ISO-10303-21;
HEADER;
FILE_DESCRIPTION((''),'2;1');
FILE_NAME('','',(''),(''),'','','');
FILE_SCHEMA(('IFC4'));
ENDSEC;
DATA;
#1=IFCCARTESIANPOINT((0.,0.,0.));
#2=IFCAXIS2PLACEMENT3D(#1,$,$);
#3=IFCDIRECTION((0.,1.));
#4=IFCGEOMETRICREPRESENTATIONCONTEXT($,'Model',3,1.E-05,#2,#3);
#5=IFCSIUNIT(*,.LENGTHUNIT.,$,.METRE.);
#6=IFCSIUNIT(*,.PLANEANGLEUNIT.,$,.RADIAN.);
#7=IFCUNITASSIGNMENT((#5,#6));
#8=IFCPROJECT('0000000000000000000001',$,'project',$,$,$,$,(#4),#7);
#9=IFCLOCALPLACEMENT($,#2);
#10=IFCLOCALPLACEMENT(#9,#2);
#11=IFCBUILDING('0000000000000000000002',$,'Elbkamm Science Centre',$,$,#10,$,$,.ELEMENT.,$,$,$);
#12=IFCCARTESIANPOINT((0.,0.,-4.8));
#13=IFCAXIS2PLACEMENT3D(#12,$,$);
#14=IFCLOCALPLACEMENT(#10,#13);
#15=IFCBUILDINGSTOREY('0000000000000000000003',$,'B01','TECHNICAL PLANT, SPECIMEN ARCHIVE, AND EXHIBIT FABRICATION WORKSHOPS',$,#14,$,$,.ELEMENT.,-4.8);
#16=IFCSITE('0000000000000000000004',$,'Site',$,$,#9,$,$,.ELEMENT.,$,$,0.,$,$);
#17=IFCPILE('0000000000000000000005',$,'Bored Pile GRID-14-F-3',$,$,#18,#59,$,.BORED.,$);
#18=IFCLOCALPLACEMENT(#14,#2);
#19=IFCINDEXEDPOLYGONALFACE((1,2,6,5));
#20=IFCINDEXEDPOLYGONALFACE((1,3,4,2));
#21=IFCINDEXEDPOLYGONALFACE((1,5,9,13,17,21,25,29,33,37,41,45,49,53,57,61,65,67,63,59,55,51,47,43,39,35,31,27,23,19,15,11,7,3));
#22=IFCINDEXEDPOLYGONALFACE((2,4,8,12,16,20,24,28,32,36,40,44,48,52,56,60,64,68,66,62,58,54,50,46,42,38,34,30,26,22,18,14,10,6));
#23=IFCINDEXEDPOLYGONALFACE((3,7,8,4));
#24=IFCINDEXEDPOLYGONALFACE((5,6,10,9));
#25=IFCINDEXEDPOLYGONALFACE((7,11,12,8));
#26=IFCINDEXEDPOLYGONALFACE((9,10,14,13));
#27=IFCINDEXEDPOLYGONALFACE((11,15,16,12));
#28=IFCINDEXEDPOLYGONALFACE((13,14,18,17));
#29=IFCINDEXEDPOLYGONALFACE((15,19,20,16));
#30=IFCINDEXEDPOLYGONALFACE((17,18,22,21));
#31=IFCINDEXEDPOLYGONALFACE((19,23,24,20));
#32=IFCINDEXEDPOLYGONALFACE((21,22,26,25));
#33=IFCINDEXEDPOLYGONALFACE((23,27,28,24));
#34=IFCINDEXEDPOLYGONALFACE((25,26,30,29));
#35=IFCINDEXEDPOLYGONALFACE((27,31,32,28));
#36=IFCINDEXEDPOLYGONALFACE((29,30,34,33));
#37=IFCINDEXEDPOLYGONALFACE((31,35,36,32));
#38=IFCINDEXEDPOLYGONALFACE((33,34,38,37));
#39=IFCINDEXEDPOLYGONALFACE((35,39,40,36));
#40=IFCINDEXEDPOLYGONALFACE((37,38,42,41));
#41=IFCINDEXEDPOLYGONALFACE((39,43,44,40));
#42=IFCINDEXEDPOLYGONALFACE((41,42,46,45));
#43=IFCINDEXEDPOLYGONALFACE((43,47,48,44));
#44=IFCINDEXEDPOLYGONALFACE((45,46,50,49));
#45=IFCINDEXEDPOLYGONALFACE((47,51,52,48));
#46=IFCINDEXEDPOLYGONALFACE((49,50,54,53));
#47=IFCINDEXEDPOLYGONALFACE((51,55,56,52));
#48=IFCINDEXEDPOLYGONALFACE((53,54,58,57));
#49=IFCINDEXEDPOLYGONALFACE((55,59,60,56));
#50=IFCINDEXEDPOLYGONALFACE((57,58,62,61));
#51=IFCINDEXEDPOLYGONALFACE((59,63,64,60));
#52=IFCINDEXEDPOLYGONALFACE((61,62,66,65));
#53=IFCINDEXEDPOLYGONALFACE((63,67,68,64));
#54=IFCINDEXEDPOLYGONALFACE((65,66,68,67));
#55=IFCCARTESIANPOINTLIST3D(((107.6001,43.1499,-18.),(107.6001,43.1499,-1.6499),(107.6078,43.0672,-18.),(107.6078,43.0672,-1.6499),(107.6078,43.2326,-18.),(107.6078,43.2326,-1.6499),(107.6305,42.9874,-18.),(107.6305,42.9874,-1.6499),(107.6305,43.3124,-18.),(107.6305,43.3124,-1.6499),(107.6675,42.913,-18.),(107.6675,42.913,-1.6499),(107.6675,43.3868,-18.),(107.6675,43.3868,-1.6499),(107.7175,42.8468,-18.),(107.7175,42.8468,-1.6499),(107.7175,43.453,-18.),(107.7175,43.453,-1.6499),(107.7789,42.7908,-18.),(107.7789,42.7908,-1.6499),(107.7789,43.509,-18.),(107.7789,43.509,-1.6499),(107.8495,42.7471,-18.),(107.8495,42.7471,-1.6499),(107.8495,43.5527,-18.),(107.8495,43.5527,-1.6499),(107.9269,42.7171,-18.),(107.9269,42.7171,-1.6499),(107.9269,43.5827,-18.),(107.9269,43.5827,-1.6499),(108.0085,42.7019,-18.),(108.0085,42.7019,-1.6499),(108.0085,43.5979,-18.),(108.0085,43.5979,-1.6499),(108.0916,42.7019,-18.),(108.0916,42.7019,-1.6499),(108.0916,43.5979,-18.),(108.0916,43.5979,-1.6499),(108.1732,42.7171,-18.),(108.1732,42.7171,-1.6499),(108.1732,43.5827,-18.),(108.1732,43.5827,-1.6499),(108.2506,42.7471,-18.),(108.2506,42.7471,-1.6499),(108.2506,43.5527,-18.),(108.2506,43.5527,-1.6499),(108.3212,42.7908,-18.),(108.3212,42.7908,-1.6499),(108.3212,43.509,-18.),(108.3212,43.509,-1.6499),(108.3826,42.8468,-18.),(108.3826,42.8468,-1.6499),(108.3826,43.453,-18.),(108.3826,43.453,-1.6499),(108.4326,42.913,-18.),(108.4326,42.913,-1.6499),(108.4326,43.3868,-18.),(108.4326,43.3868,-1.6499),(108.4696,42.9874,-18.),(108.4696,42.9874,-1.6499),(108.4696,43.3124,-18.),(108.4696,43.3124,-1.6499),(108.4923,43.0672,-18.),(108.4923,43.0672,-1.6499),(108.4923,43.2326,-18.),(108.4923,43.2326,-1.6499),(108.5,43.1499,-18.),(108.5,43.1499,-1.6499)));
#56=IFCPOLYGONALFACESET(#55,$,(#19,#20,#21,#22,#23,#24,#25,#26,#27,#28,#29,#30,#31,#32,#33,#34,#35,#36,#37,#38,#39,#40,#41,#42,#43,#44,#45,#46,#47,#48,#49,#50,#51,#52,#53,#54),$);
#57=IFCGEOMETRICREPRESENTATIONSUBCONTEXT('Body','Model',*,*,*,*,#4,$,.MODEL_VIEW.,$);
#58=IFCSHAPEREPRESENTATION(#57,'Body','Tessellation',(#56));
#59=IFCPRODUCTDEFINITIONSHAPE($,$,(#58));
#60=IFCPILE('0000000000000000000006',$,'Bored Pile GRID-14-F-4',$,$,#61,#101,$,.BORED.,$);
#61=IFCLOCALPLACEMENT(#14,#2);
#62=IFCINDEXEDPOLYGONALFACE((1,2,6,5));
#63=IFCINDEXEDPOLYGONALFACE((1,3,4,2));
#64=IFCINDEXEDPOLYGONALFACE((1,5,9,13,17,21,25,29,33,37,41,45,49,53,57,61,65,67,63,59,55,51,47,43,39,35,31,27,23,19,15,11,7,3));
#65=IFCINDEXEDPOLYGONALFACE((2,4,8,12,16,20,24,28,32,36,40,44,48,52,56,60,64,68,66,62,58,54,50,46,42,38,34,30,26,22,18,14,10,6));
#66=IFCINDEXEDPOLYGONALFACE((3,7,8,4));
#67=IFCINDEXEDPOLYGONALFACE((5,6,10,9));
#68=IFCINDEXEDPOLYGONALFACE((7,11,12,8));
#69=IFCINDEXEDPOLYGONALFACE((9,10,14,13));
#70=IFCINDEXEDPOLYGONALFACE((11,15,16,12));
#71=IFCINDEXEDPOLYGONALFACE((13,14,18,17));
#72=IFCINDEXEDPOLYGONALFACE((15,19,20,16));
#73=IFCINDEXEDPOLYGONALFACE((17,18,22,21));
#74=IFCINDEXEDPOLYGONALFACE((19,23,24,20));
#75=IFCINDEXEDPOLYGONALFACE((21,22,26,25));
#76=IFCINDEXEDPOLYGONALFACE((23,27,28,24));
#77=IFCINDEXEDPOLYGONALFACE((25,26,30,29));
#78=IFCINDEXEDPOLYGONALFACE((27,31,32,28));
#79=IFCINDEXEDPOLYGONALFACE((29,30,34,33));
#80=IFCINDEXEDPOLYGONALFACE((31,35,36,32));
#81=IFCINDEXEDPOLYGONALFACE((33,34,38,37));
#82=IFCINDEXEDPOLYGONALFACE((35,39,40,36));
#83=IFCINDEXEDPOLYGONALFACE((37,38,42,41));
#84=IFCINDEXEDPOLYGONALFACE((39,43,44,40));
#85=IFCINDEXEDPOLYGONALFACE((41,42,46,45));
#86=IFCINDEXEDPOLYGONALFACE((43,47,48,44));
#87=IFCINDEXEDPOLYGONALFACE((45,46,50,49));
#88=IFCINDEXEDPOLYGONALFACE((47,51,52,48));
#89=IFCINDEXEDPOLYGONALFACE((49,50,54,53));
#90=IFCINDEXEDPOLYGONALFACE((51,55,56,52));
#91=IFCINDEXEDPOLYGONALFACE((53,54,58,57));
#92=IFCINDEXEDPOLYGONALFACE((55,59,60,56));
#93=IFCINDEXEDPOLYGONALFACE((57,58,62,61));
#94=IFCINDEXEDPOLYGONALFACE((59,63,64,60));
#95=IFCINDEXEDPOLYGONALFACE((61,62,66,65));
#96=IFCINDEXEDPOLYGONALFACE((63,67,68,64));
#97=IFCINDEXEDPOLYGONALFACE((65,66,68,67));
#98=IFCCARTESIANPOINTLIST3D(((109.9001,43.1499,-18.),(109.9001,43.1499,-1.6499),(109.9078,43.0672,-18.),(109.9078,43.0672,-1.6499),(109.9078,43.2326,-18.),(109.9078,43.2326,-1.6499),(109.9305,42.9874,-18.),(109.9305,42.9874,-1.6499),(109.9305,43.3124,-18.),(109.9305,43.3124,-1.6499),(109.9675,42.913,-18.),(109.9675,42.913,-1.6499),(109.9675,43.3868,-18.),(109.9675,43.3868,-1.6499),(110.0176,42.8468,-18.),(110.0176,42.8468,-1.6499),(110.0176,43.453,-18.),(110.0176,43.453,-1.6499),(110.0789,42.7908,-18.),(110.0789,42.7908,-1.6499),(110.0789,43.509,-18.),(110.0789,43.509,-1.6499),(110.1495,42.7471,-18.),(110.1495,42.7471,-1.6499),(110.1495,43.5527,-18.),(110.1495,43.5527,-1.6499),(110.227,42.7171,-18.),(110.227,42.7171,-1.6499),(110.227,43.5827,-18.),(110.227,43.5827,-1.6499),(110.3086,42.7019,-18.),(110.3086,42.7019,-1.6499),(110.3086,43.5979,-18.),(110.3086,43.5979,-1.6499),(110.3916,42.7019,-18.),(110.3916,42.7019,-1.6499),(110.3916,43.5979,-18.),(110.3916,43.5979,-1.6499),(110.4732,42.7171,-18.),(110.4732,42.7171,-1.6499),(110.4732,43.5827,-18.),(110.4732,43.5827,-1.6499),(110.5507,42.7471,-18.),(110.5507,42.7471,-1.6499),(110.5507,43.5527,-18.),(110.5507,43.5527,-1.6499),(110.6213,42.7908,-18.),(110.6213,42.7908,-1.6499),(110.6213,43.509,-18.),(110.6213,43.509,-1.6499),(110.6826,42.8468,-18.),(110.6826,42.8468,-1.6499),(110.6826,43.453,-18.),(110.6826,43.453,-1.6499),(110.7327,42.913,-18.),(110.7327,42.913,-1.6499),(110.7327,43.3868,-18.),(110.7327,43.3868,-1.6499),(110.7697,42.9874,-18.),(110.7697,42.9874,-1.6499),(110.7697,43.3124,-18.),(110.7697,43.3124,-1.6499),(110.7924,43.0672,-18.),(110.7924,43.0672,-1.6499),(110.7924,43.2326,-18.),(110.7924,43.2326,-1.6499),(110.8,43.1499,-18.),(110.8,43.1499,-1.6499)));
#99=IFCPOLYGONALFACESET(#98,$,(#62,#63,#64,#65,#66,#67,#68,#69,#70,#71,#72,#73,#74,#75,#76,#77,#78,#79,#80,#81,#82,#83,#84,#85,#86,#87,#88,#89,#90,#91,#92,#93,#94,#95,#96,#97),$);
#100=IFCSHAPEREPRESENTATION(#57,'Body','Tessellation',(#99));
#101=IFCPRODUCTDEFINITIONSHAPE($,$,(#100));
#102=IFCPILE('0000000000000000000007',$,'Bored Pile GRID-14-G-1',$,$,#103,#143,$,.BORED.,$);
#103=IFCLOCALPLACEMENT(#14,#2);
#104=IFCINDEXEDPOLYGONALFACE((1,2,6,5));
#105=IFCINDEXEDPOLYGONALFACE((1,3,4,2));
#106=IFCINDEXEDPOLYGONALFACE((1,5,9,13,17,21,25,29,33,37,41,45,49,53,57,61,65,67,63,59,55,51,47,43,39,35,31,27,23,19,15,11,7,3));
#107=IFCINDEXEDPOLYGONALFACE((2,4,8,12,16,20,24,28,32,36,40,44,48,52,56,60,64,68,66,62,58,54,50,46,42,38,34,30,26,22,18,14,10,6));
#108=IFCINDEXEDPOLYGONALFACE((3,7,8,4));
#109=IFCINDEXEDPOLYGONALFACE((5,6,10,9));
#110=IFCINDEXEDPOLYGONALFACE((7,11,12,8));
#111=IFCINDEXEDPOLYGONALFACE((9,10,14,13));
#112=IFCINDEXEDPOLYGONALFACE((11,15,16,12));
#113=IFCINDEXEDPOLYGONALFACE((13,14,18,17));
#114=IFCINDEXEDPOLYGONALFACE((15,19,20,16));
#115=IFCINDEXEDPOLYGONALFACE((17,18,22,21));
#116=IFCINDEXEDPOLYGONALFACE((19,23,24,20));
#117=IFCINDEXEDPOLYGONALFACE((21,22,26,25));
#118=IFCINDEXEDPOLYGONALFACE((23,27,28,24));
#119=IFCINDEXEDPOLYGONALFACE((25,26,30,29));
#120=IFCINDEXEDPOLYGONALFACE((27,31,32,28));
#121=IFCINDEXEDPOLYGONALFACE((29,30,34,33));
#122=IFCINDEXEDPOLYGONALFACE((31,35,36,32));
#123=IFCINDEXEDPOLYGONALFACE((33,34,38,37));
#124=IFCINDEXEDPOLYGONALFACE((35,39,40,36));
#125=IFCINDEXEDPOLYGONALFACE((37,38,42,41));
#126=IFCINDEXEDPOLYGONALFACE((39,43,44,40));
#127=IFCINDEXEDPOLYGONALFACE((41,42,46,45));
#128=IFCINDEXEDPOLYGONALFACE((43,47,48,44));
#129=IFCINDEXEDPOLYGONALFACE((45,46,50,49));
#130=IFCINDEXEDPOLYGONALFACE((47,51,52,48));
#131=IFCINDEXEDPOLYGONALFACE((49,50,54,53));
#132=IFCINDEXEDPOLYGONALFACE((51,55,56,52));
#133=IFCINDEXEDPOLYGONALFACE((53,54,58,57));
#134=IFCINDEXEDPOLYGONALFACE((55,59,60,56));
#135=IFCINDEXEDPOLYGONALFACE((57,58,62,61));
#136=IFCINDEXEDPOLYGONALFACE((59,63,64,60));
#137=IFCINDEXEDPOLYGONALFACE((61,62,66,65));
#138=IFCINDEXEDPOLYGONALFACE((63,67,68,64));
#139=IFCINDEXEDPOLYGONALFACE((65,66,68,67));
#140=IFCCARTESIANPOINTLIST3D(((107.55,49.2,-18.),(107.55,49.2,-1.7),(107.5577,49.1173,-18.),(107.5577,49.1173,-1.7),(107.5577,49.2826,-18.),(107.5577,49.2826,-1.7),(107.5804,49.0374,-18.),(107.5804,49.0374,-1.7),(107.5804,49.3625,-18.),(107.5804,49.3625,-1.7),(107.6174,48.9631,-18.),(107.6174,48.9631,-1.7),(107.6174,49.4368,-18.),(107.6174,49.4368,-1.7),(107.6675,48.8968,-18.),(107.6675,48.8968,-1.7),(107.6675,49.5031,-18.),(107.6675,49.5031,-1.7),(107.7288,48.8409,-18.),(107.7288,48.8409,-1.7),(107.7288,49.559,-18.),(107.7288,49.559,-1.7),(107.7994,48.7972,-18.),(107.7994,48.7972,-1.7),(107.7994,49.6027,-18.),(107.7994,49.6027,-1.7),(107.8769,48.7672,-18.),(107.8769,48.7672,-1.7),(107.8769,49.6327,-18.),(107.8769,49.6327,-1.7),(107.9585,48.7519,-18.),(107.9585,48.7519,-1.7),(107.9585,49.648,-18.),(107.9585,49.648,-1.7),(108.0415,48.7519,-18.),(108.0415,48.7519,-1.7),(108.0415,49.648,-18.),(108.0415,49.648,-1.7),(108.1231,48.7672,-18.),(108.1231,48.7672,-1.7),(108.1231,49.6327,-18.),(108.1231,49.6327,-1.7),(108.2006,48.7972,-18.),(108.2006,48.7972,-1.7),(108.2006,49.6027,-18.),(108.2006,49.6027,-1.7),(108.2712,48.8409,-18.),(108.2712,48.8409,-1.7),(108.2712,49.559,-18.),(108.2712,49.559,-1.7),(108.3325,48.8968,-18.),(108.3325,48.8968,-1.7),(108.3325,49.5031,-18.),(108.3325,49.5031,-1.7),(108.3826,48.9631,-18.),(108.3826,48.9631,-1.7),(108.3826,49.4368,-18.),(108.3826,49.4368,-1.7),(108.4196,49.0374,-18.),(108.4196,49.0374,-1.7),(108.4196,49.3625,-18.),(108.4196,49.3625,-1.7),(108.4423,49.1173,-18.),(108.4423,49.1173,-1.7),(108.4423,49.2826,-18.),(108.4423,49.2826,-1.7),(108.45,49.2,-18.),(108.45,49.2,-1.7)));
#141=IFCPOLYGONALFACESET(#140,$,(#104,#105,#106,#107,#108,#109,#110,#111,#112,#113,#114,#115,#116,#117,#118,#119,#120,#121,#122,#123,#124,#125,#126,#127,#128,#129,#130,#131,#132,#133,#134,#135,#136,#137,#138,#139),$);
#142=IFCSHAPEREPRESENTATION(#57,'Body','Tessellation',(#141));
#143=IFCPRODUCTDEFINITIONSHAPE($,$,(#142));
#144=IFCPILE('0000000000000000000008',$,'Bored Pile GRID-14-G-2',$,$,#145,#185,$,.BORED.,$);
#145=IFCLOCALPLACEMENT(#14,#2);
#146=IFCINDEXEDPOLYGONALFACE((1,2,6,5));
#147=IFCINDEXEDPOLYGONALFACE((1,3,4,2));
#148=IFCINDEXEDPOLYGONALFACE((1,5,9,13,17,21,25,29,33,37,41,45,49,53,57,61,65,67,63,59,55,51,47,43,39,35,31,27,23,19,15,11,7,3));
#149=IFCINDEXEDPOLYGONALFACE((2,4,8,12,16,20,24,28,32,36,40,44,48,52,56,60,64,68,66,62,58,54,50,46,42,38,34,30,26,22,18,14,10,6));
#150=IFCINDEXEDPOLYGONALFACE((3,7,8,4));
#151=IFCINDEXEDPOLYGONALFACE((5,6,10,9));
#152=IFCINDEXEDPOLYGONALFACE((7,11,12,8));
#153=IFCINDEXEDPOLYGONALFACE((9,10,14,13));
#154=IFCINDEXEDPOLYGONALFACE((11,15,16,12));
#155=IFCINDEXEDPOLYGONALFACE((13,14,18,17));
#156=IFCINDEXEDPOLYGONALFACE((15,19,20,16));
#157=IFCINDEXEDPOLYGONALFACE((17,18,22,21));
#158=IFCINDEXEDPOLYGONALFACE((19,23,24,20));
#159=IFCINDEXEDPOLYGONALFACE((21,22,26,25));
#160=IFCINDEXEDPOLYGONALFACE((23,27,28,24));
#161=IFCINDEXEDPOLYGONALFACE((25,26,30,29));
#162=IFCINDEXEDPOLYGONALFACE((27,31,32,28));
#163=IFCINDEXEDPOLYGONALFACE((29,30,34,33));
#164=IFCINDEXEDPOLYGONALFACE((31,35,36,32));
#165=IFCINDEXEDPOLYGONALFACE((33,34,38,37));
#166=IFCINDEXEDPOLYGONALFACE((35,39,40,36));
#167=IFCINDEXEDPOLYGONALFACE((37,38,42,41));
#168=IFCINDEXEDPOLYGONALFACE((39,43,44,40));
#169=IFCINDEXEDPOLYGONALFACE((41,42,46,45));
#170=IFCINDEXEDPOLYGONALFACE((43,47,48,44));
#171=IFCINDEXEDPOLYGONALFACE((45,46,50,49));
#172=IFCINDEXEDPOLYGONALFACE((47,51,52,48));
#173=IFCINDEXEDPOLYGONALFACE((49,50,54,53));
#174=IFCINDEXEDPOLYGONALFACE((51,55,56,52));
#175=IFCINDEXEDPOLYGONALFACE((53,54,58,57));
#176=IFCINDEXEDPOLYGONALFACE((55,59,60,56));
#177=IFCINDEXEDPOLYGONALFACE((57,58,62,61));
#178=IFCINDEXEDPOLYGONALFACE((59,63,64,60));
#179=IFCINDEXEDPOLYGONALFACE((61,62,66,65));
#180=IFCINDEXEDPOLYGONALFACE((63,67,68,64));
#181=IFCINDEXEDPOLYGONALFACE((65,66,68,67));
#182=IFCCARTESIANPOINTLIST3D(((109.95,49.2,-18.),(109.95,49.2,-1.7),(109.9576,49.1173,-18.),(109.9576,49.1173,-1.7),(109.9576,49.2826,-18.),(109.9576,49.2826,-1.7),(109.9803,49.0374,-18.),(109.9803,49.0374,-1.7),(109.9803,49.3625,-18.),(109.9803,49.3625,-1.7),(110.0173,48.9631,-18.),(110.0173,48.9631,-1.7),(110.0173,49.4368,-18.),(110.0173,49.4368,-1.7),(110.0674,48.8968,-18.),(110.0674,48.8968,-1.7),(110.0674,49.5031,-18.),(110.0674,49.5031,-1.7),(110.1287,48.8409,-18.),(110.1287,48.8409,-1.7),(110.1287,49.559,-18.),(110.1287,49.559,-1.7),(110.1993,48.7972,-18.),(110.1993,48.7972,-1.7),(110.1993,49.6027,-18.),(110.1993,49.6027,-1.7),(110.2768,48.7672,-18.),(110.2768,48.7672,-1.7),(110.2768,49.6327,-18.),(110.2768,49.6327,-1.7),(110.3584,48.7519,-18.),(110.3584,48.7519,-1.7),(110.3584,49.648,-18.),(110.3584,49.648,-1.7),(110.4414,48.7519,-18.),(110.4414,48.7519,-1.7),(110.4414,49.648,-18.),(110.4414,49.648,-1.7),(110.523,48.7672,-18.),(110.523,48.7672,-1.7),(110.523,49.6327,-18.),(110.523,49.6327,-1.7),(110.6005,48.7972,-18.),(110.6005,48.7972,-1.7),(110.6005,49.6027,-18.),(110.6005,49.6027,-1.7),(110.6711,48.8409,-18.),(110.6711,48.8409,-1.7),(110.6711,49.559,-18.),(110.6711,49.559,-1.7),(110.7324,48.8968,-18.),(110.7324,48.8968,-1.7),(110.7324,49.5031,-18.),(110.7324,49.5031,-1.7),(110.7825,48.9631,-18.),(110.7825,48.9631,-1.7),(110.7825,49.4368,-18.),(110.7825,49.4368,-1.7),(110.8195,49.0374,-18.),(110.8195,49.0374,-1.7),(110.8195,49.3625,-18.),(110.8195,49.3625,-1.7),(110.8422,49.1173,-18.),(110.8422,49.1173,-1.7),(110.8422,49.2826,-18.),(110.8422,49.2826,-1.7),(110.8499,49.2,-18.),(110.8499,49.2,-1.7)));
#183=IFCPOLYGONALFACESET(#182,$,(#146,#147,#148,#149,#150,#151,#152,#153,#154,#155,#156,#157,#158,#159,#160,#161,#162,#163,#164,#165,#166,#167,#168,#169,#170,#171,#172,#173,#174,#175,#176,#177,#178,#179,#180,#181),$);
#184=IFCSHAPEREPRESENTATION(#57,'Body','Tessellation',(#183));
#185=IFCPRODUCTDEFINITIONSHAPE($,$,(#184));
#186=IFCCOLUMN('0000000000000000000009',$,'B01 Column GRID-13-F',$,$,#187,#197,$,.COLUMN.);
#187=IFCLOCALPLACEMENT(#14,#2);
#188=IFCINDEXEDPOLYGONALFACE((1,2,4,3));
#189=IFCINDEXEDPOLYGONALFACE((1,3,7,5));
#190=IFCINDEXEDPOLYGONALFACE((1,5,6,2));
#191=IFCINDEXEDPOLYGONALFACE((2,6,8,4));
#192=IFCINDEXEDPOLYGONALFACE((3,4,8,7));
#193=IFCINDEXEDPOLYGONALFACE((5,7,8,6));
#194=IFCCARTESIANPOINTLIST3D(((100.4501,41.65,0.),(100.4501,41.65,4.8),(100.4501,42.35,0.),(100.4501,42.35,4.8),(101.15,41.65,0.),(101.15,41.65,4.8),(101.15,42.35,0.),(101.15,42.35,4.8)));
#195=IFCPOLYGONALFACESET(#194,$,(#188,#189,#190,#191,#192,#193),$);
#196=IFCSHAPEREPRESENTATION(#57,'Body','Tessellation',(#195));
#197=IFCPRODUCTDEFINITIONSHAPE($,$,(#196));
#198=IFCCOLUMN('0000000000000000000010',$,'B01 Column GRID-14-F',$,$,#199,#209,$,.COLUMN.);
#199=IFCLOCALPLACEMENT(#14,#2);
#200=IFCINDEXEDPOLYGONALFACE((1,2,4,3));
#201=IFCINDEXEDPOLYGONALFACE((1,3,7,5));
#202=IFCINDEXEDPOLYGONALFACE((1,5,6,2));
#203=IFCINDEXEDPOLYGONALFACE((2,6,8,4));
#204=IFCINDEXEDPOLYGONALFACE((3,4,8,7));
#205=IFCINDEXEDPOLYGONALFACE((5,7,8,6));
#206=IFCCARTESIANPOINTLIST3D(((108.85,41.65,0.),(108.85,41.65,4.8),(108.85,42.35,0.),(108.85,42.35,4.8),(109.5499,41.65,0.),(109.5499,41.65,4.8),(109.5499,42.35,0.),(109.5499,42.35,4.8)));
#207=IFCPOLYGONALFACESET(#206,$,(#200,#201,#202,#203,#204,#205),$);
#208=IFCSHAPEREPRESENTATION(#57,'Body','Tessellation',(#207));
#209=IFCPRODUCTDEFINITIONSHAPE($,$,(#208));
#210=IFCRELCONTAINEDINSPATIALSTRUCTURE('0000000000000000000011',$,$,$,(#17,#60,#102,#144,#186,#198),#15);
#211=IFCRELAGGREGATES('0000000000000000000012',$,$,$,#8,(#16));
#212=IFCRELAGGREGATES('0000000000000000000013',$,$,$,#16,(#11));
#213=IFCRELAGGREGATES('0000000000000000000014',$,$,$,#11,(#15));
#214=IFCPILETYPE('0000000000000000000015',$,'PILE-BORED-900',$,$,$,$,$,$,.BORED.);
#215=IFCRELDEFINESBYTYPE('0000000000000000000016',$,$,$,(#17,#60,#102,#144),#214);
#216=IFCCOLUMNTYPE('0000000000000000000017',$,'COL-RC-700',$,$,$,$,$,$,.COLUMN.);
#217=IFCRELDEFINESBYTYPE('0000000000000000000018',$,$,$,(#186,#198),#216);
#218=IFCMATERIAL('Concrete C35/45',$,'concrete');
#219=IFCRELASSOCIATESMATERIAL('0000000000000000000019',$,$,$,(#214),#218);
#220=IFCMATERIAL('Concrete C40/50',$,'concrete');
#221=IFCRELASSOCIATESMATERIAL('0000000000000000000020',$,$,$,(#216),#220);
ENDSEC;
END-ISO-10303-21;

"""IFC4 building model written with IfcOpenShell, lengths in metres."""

from ifc_helpers import new_model, si_unit, direction, frame, origin, origin_2d, place, context, subcontext, project, spatial, rectangle, circle, extrude, material, material_profile, profile_set, type_object, element, save


model = new_model("IFC4")

# Units and contexts
model_context = context("Model", 3, precision=1e-05, world=origin(), true_north=direction((0.0, 1.0)))
body_context = subcontext(model_context, "Body", "Model", "MODEL_VIEW")
ifc_project = project(units=[si_unit("LENGTHUNIT", "METRE"), si_unit("PLANEANGLEUNIT", "RADIAN")], contexts=[model_context])

# Site, building, storey
site_placement = place(None, origin())
site = spatial("IfcSite", under=ifc_project, at=site_placement, Name="Site", CompositionType="ELEMENT", RefElevation=0.0)
building_placement = place(site_placement, origin())
building = spatial("IfcBuilding", under=site, at=building_placement, Name="Elbkamm Science Centre", CompositionType="ELEMENT")
storey_placement = place(building_placement, frame((0.0, 0.0, -4.8)))
storey = spatial("IfcBuildingStorey", under=building, at=storey_placement, Name="B01", Description="TECHNICAL PLANT, SPECIMEN ARCHIVE, AND EXHIBIT FABRICATION WORKSHOPS", CompositionType="ELEMENT", Elevation=-4.8)

# Shared definitions
ifc_material_1 = material(Name="Concrete C35/45", Category="concrete")

# Piles
ifc_material_profile_1 = material_profile(ifc_material_1, circle(Radius=0.45, at=origin_2d()), Name="PILE D900")
ifc_profile_set_1 = profile_set([ifc_material_profile_1], Name="Concrete C35/45")
pile_type_1 = type_object("IfcPileType", Name="PILE-BORED-900", PredefinedType="BORED", material=ifc_profile_set_1)
for number, where, z_axis, x_axis, name in (
    (1, (108.05, 43.1499, -1.6499), (0.0, 0.0, -1.0), (1.0, 0.0, 0.0), "Bored Pile GRID-14-F-3"),
    (2, (110.3501, 43.1499, -1.6499), (0.0, 0.0, -1.0), (1.0, 0.0, 0.0), "Bored Pile GRID-14-F-4"),
):
    element("IfcPile", number, at=place(storey_placement, frame(where, z_axis=z_axis, x_axis=x_axis)), inside=storey, type_object=pile_type_1, Name=name, PredefinedType="BORED", context=body_context, shape_type="SweptSolid", body=[
        extrude(circle(Radius=0.45, at=origin_2d()), origin(), (0.0, 0.0, 1.0), 16.3501),
    ])
for number, where, z_axis, x_axis, name in (
    (3, (108.0, 49.2, -1.7), (0.0, 0.0, -1.0), (1.0, 0.0, 0.0), "Bored Pile GRID-14-G-1"),
    (4, (110.3999, 49.2, -1.7), (0.0, 0.0, -1.0), (1.0, 0.0, 0.0), "Bored Pile GRID-14-G-2"),
):
    element("IfcPile", number, at=place(storey_placement, frame(where, z_axis=z_axis, x_axis=x_axis)), inside=storey, type_object=pile_type_1, Name=name, PredefinedType="BORED", context=body_context, shape_type="SweptSolid", body=[
        extrude(circle(Radius=0.45, at=origin_2d()), origin(), (0.0, 0.0, 1.0), 16.3),
    ])

# Columns
ifc_material_2 = material(Name="Concrete C40/50", Category="concrete")
ifc_material_profile_2 = material_profile(ifc_material_2, rectangle(XDim=0.7, YDim=0.7, at=origin_2d()), Name="RC 700x700")
ifc_profile_set_2 = profile_set([ifc_material_profile_2], Name="Concrete C40/50")
column_type = type_object("IfcColumnType", Name="COL-RC-700", PredefinedType="COLUMN", material=ifc_profile_set_2)
for number, where, z_axis, x_axis, name in (
    (5, (100.8, 42.0, 0.0), (0.0, 0.0, 1.0), (1.0, 0.0, 0.0), "B01 Column GRID-13-F"),
    (6, (109.2, 42.0, 0.0), (0.0, 0.0, 1.0), (1.0, 0.0, 0.0), "B01 Column GRID-14-F"),
):
    element("IfcColumn", number, at=place(storey_placement, frame(where, z_axis=z_axis, x_axis=x_axis)), inside=storey, type_object=column_type, Name=name, PredefinedType="COLUMN", context=body_context, shape_type="SweptSolid", body=[
        extrude(rectangle(XDim=0.7, YDim=0.7, at=origin_2d()), origin(), (0.0, 0.0, 1.0), 4.8),
    ])

save(model, "model.ifc")
